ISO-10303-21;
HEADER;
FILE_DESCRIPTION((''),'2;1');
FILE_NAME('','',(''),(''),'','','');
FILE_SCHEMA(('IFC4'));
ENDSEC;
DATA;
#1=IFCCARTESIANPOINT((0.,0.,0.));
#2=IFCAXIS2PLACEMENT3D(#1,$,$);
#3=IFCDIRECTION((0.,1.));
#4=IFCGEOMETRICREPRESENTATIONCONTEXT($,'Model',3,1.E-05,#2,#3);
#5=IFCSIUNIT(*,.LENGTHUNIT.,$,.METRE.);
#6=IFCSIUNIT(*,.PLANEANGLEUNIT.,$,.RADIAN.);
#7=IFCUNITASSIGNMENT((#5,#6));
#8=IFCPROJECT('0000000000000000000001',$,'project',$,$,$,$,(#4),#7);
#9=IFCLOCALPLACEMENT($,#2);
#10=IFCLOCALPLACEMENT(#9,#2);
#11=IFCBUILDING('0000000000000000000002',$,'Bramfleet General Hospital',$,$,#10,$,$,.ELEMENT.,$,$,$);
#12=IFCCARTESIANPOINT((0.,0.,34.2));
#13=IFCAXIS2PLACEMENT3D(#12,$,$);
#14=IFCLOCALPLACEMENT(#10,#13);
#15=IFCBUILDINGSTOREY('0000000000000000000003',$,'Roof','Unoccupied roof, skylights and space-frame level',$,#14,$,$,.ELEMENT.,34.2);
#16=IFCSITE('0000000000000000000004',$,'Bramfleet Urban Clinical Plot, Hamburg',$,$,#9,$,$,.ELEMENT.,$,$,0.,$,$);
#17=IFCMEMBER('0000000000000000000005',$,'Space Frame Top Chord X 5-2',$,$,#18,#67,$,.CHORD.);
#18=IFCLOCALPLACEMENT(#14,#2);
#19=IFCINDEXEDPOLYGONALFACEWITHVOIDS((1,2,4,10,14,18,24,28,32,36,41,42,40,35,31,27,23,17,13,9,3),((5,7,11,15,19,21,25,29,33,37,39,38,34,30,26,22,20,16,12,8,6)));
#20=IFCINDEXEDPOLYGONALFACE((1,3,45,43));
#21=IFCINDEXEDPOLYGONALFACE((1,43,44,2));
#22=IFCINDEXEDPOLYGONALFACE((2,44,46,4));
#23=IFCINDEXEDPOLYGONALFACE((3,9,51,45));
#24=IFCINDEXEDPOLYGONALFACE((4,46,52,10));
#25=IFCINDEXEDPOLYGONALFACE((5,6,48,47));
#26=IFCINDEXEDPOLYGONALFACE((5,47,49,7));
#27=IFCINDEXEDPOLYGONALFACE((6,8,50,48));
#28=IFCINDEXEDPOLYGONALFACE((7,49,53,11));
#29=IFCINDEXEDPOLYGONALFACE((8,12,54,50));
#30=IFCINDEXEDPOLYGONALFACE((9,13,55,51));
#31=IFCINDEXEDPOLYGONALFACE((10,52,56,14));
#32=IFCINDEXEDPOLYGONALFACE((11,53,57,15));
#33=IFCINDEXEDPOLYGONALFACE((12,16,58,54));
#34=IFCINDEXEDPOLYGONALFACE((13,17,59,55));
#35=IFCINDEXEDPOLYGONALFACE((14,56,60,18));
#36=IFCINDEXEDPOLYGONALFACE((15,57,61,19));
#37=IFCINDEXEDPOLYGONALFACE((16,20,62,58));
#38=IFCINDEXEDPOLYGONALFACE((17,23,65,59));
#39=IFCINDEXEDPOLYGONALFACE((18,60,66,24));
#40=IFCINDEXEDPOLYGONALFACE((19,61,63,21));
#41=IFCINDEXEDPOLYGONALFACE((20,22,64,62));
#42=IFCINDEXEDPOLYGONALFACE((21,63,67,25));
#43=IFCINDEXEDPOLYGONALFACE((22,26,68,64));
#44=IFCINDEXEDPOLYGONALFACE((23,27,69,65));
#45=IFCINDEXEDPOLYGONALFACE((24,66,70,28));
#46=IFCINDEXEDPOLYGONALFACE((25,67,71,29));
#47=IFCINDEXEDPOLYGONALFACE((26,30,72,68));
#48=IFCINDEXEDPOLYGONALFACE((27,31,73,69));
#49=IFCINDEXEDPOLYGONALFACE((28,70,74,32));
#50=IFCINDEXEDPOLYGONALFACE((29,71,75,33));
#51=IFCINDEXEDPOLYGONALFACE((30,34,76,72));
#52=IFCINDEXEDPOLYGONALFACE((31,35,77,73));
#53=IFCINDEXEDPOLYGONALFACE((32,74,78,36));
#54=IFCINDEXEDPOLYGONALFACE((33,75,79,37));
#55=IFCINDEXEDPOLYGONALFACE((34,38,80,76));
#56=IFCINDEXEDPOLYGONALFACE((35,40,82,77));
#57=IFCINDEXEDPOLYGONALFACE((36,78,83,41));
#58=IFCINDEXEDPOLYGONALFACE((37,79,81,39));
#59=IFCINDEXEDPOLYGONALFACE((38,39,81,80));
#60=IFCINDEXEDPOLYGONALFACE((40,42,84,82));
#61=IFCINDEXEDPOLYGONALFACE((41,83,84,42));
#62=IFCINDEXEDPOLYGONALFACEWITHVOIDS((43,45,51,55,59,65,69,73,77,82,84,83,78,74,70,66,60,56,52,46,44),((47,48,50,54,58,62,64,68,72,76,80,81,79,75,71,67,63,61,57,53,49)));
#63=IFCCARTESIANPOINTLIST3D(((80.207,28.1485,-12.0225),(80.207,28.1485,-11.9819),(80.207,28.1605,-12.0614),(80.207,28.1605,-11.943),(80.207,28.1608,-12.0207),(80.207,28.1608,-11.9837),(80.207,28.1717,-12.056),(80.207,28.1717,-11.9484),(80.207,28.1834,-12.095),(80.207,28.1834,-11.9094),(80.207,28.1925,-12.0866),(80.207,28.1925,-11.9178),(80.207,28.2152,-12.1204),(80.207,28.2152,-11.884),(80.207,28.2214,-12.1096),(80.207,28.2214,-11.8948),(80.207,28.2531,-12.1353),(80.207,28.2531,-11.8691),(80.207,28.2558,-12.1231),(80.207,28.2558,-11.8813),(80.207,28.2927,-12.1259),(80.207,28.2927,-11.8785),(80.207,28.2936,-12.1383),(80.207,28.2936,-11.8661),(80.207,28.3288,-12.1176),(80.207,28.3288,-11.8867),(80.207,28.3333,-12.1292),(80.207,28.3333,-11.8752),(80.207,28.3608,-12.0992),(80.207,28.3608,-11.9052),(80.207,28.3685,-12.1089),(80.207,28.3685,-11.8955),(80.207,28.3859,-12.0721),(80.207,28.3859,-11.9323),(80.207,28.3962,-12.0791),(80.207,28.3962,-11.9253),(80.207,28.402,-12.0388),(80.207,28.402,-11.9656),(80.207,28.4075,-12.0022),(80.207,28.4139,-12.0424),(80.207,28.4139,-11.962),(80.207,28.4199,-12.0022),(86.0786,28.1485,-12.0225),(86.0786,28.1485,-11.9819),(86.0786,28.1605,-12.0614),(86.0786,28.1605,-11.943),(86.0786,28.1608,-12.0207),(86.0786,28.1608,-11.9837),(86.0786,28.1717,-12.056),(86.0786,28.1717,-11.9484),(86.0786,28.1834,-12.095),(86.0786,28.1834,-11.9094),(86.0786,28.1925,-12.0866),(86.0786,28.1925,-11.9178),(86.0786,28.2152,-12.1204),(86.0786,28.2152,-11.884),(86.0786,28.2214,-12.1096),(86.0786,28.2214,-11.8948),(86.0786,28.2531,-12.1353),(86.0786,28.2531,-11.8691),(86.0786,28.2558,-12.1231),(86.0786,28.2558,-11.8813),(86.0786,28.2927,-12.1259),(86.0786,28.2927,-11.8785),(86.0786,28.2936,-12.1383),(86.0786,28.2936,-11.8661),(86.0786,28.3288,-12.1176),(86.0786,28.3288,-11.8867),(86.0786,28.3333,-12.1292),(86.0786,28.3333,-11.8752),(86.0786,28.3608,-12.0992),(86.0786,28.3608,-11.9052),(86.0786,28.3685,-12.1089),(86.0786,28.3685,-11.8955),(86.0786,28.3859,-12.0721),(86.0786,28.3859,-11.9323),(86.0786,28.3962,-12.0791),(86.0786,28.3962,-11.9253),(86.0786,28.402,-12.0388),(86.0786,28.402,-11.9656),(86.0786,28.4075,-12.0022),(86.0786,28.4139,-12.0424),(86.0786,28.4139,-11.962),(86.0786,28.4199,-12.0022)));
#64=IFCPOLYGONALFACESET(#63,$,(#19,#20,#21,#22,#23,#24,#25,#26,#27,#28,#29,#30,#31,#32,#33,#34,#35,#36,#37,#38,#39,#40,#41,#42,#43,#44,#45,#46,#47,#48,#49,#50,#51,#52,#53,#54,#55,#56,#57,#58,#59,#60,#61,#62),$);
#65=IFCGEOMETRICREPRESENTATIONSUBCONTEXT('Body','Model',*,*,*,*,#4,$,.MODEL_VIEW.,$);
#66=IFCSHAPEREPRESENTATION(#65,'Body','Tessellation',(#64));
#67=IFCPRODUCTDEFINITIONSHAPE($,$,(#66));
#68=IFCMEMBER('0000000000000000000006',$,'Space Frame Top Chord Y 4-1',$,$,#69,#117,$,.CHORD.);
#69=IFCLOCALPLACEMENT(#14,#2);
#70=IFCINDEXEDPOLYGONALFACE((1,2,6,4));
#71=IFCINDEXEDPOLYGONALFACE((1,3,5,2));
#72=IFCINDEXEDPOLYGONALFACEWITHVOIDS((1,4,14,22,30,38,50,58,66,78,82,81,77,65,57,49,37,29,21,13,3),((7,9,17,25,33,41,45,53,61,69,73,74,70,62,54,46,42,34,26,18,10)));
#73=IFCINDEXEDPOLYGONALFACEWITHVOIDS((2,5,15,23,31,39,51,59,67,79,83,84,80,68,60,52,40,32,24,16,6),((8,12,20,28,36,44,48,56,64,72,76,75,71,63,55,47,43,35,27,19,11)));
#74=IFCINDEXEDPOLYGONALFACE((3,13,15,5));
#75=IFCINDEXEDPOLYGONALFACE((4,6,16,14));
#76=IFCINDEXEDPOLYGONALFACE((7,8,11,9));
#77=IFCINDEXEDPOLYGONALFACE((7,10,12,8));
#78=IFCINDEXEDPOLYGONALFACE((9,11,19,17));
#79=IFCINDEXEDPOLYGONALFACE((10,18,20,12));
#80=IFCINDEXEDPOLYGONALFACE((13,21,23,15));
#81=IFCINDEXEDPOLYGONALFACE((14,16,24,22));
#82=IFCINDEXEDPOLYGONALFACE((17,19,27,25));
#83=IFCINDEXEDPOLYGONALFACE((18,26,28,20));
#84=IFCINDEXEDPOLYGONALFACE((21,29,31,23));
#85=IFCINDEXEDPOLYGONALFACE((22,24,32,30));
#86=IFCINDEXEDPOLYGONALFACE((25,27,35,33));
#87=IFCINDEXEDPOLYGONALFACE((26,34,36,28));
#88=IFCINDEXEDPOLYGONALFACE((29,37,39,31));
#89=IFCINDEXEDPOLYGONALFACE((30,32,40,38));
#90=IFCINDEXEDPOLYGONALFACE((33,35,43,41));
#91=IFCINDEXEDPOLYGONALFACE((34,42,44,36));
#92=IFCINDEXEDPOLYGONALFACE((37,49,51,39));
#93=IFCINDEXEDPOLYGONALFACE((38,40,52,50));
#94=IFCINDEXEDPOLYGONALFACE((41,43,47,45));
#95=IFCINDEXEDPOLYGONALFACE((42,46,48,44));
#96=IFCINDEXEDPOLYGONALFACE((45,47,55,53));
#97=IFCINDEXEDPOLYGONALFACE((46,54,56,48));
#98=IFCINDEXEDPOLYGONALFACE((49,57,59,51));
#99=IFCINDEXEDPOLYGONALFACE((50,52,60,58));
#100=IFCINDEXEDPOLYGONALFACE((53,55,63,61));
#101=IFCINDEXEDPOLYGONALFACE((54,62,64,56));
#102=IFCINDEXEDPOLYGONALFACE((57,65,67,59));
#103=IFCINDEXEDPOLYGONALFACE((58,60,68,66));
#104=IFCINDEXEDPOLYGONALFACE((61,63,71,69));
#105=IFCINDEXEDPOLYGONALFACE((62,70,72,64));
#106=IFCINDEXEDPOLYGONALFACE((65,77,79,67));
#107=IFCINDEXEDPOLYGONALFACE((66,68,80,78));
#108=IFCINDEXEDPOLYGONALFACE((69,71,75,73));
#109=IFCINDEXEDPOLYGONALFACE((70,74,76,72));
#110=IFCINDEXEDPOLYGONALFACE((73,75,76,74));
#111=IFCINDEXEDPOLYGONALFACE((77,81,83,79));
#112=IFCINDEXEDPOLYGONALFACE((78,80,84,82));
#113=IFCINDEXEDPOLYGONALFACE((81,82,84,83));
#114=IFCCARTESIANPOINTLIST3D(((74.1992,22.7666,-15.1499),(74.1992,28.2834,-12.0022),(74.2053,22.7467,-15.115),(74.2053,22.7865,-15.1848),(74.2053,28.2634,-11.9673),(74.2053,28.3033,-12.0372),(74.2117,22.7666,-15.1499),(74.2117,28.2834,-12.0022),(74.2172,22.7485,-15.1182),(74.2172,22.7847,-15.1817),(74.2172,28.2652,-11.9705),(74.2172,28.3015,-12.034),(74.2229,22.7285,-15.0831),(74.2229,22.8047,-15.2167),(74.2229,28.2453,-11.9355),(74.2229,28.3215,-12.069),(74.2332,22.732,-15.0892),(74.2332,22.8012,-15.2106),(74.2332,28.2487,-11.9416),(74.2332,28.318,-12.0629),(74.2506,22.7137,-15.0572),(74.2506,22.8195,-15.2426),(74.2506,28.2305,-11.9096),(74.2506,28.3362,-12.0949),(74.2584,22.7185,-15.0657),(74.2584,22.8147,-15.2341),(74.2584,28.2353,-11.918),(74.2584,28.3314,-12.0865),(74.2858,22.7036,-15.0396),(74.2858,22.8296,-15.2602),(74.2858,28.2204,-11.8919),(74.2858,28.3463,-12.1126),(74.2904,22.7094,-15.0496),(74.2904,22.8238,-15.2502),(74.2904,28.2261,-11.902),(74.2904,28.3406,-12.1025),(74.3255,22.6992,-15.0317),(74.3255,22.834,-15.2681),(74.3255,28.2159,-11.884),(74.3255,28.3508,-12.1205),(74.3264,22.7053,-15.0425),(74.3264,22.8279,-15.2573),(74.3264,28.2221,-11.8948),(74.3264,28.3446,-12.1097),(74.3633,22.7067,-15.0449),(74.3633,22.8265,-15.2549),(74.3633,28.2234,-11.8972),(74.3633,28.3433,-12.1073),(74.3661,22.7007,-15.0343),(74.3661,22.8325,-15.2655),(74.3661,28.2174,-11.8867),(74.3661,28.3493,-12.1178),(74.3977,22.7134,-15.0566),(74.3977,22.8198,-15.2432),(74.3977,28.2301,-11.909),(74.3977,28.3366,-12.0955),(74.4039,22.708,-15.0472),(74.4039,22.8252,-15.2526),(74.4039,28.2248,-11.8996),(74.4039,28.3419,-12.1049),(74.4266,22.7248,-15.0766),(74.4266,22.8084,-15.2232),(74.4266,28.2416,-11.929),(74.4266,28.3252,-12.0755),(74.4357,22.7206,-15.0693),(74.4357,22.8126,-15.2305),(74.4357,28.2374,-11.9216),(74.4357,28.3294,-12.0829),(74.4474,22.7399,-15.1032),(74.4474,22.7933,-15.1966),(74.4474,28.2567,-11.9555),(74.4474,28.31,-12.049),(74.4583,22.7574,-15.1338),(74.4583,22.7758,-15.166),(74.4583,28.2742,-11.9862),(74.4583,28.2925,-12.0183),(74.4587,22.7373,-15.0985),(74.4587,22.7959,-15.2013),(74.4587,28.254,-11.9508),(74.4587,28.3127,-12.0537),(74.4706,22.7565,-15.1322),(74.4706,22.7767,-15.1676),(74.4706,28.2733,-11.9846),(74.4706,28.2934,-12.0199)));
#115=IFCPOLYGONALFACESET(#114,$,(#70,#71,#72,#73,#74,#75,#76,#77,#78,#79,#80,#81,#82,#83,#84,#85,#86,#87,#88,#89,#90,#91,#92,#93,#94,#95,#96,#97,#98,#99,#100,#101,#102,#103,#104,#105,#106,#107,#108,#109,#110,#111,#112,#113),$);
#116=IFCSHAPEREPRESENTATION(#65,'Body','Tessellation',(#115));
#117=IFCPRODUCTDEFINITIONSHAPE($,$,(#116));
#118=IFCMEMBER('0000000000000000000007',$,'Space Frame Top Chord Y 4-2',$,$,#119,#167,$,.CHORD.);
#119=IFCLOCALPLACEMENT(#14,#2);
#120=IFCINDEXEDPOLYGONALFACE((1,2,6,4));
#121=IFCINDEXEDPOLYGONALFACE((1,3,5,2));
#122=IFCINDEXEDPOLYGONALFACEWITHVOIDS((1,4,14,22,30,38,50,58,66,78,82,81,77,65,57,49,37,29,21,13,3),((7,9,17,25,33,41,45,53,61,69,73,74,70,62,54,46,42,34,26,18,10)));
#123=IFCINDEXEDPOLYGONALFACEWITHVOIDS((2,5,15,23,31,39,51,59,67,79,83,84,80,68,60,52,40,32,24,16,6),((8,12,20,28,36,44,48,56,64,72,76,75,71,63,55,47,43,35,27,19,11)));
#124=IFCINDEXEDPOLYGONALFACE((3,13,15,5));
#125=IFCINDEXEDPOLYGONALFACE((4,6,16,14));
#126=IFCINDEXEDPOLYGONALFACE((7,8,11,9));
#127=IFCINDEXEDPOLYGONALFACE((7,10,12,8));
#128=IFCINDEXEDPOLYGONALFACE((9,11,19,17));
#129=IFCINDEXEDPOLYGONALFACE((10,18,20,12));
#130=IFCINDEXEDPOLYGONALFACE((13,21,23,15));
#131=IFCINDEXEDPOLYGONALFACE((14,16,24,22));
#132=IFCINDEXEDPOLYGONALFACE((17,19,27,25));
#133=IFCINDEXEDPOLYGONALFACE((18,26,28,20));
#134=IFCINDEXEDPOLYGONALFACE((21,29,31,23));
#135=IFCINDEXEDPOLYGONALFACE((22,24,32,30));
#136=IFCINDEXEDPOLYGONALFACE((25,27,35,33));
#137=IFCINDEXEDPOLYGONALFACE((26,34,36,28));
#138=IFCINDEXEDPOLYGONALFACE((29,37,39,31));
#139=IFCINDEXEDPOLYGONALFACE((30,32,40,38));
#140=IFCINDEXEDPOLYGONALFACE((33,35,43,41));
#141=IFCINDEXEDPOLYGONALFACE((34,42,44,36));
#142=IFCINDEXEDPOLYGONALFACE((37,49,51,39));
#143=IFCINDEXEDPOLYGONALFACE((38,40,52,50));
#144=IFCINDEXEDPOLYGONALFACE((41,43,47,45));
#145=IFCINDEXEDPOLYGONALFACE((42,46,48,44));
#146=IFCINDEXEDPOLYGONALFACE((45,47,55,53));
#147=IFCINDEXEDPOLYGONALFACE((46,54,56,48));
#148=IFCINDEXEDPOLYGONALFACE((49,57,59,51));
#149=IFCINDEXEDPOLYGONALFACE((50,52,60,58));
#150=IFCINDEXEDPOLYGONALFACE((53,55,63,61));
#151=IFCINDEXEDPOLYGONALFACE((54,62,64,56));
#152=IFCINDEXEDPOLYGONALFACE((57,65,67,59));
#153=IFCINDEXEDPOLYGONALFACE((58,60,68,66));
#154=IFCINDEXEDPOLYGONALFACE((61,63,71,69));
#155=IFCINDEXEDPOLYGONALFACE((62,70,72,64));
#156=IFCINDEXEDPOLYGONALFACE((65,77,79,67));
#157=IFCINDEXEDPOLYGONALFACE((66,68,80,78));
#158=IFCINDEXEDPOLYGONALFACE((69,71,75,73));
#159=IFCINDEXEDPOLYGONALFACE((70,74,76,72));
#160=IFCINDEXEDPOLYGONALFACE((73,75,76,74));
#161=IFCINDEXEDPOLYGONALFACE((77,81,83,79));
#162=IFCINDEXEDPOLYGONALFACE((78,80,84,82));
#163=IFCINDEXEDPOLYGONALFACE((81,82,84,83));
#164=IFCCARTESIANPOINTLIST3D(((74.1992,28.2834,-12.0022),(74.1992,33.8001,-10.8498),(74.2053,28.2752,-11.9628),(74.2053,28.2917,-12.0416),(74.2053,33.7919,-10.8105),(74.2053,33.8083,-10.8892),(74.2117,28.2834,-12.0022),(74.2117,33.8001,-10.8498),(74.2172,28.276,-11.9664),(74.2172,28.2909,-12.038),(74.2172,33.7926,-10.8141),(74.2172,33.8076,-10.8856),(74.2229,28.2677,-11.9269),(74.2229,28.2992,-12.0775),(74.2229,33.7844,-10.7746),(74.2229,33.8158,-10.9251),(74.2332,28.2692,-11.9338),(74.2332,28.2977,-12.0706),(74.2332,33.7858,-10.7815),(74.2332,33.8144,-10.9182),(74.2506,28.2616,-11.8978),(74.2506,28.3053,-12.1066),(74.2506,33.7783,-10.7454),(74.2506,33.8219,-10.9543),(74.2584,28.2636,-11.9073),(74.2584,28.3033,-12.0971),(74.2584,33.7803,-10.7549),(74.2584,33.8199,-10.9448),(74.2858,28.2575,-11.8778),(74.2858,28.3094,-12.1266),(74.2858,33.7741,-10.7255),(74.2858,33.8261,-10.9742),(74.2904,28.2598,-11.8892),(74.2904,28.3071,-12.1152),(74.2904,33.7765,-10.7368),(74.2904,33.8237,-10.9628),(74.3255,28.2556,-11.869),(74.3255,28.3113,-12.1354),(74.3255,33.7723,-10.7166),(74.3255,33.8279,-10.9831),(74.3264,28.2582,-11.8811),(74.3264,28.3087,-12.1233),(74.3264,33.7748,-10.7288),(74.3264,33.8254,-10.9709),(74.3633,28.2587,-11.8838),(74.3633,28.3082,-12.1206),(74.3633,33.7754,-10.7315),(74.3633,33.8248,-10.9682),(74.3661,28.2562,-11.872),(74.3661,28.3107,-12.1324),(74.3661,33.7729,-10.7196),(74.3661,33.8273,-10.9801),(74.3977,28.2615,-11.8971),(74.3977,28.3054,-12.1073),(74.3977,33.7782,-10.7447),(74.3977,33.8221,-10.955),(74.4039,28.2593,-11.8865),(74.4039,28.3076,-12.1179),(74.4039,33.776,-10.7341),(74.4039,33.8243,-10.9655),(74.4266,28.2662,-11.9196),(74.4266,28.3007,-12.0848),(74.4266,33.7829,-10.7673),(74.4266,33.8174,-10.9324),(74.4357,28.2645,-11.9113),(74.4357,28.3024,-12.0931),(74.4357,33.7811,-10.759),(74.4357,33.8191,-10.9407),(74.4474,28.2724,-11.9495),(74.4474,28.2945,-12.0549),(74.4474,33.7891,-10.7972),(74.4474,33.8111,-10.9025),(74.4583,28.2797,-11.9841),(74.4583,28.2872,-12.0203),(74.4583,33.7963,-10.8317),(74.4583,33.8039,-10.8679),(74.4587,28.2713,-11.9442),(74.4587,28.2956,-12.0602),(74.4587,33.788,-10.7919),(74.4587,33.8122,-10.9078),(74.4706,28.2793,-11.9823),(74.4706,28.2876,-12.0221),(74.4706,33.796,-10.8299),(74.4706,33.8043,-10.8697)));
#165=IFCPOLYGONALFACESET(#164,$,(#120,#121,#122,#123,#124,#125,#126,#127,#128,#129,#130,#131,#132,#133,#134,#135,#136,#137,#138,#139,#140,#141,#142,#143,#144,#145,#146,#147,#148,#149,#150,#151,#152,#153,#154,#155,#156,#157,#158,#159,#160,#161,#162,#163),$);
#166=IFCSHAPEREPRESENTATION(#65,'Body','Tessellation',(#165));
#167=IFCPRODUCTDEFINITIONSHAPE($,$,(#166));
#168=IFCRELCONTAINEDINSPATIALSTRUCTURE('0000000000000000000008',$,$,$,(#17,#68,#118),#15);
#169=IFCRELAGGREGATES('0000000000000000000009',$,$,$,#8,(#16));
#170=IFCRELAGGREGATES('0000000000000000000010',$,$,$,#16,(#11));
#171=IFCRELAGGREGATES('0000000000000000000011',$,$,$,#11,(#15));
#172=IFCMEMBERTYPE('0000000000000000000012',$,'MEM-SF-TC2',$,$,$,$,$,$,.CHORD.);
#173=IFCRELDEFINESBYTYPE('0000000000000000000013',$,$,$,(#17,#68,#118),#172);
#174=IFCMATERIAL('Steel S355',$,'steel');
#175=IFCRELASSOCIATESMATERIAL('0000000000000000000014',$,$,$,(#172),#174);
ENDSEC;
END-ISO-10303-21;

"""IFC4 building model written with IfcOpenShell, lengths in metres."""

from ifc_helpers import new_model, si_unit, direction, frame, origin, origin_2d, place, context, subcontext, project, spatial, hollow_circle, extrude, material, material_profile, profile_set, type_object, element, save


model = new_model("IFC4")

# Units and contexts
model_context = context("Model", 3, precision=1e-05, world=origin(), true_north=direction((0.0, 1.0)))
body_context = subcontext(model_context, "Body", "Model", "MODEL_VIEW")
ifc_project = project(units=[si_unit("LENGTHUNIT", "METRE"), si_unit("PLANEANGLEUNIT", "RADIAN")], contexts=[model_context])

# Site, building, storey
site_placement = place(None, origin())
site = spatial("IfcSite", under=ifc_project, at=site_placement, Name="Bramfleet Urban Clinical Plot, Hamburg", CompositionType="ELEMENT", RefElevation=0.0)
building_placement = place(site_placement, origin())
building = spatial("IfcBuilding", under=site, at=building_placement, Name="Bramfleet General Hospital", CompositionType="ELEMENT")
storey_placement = place(building_placement, frame((0.0, 0.0, 34.2)))
storey = spatial("IfcBuildingStorey", under=building, at=storey_placement, Name="Roof", Description="Unoccupied roof, skylights and space-frame level", CompositionType="ELEMENT", Elevation=34.2)

# Members
ifc_material = material(Name="Steel S355", Category="steel")
ifc_material_profile_1 = material_profile(ifc_material, hollow_circle(Radius=0.1365, WallThickness=0.0125, at=origin_2d()), Name="CHS 273.0x12.5")
ifc_profile_set_1 = profile_set([ifc_material_profile_1], Name="Steel S355")
member_type_1 = type_object("IfcMemberType", Name="MEM-SF-TC2", PredefinedType="CHORD", material=ifc_profile_set_1)
for number, where, z_axis, x_axis, name in (
    (1, (80.207, 28.2834, -12.0022), (1.0, 0.0, 0.0), (0.0, 1.0, 0.0), "Space Frame Top Chord X 5-2"),
):
    element("IfcMember", number, at=place(storey_placement, frame(where, z_axis=z_axis, x_axis=x_axis)), inside=storey, type_object=member_type_1, Name=name, PredefinedType="CHORD", context=body_context, shape_type="SweptSolid", body=[
        extrude(hollow_circle(Radius=0.1365, WallThickness=0.0125, at=origin_2d()), origin(), (0.0, 0.0, 1.0), 5.8716),
    ])
member_1_placement = place(storey_placement, frame((74.3357, 22.7666, -15.1499), z_axis=(0.0, 0.868567, 0.495572), x_axis=(-1.0, 0.0, 0.0)))
element("IfcMember", 2, at=member_1_placement, inside=storey, type_object=member_type_1, Name="Space Frame Top Chord Y 4-1", PredefinedType="CHORD", context=body_context, shape_type="SweptSolid", body=[
    extrude(hollow_circle(Radius=0.1365, WallThickness=0.0125, at=origin_2d()), origin(), (0.0, 0.0, 1.0), 6.3516),
])
member_2_placement = place(storey_placement, frame((74.3357, 28.2834, -12.0022), z_axis=(0.0, 0.978872, 0.204473), x_axis=(-1.0, 0.0, 0.0)))
element("IfcMember", 3, at=member_2_placement, inside=storey, type_object=member_type_1, Name="Space Frame Top Chord Y 4-2", PredefinedType="CHORD", context=body_context, shape_type="SweptSolid", body=[
    extrude(hollow_circle(Radius=0.1365, WallThickness=0.0125, at=origin_2d()), origin(), (0.0, 0.0, 1.0), 5.6357),
])

save(model, "model.ifc")
